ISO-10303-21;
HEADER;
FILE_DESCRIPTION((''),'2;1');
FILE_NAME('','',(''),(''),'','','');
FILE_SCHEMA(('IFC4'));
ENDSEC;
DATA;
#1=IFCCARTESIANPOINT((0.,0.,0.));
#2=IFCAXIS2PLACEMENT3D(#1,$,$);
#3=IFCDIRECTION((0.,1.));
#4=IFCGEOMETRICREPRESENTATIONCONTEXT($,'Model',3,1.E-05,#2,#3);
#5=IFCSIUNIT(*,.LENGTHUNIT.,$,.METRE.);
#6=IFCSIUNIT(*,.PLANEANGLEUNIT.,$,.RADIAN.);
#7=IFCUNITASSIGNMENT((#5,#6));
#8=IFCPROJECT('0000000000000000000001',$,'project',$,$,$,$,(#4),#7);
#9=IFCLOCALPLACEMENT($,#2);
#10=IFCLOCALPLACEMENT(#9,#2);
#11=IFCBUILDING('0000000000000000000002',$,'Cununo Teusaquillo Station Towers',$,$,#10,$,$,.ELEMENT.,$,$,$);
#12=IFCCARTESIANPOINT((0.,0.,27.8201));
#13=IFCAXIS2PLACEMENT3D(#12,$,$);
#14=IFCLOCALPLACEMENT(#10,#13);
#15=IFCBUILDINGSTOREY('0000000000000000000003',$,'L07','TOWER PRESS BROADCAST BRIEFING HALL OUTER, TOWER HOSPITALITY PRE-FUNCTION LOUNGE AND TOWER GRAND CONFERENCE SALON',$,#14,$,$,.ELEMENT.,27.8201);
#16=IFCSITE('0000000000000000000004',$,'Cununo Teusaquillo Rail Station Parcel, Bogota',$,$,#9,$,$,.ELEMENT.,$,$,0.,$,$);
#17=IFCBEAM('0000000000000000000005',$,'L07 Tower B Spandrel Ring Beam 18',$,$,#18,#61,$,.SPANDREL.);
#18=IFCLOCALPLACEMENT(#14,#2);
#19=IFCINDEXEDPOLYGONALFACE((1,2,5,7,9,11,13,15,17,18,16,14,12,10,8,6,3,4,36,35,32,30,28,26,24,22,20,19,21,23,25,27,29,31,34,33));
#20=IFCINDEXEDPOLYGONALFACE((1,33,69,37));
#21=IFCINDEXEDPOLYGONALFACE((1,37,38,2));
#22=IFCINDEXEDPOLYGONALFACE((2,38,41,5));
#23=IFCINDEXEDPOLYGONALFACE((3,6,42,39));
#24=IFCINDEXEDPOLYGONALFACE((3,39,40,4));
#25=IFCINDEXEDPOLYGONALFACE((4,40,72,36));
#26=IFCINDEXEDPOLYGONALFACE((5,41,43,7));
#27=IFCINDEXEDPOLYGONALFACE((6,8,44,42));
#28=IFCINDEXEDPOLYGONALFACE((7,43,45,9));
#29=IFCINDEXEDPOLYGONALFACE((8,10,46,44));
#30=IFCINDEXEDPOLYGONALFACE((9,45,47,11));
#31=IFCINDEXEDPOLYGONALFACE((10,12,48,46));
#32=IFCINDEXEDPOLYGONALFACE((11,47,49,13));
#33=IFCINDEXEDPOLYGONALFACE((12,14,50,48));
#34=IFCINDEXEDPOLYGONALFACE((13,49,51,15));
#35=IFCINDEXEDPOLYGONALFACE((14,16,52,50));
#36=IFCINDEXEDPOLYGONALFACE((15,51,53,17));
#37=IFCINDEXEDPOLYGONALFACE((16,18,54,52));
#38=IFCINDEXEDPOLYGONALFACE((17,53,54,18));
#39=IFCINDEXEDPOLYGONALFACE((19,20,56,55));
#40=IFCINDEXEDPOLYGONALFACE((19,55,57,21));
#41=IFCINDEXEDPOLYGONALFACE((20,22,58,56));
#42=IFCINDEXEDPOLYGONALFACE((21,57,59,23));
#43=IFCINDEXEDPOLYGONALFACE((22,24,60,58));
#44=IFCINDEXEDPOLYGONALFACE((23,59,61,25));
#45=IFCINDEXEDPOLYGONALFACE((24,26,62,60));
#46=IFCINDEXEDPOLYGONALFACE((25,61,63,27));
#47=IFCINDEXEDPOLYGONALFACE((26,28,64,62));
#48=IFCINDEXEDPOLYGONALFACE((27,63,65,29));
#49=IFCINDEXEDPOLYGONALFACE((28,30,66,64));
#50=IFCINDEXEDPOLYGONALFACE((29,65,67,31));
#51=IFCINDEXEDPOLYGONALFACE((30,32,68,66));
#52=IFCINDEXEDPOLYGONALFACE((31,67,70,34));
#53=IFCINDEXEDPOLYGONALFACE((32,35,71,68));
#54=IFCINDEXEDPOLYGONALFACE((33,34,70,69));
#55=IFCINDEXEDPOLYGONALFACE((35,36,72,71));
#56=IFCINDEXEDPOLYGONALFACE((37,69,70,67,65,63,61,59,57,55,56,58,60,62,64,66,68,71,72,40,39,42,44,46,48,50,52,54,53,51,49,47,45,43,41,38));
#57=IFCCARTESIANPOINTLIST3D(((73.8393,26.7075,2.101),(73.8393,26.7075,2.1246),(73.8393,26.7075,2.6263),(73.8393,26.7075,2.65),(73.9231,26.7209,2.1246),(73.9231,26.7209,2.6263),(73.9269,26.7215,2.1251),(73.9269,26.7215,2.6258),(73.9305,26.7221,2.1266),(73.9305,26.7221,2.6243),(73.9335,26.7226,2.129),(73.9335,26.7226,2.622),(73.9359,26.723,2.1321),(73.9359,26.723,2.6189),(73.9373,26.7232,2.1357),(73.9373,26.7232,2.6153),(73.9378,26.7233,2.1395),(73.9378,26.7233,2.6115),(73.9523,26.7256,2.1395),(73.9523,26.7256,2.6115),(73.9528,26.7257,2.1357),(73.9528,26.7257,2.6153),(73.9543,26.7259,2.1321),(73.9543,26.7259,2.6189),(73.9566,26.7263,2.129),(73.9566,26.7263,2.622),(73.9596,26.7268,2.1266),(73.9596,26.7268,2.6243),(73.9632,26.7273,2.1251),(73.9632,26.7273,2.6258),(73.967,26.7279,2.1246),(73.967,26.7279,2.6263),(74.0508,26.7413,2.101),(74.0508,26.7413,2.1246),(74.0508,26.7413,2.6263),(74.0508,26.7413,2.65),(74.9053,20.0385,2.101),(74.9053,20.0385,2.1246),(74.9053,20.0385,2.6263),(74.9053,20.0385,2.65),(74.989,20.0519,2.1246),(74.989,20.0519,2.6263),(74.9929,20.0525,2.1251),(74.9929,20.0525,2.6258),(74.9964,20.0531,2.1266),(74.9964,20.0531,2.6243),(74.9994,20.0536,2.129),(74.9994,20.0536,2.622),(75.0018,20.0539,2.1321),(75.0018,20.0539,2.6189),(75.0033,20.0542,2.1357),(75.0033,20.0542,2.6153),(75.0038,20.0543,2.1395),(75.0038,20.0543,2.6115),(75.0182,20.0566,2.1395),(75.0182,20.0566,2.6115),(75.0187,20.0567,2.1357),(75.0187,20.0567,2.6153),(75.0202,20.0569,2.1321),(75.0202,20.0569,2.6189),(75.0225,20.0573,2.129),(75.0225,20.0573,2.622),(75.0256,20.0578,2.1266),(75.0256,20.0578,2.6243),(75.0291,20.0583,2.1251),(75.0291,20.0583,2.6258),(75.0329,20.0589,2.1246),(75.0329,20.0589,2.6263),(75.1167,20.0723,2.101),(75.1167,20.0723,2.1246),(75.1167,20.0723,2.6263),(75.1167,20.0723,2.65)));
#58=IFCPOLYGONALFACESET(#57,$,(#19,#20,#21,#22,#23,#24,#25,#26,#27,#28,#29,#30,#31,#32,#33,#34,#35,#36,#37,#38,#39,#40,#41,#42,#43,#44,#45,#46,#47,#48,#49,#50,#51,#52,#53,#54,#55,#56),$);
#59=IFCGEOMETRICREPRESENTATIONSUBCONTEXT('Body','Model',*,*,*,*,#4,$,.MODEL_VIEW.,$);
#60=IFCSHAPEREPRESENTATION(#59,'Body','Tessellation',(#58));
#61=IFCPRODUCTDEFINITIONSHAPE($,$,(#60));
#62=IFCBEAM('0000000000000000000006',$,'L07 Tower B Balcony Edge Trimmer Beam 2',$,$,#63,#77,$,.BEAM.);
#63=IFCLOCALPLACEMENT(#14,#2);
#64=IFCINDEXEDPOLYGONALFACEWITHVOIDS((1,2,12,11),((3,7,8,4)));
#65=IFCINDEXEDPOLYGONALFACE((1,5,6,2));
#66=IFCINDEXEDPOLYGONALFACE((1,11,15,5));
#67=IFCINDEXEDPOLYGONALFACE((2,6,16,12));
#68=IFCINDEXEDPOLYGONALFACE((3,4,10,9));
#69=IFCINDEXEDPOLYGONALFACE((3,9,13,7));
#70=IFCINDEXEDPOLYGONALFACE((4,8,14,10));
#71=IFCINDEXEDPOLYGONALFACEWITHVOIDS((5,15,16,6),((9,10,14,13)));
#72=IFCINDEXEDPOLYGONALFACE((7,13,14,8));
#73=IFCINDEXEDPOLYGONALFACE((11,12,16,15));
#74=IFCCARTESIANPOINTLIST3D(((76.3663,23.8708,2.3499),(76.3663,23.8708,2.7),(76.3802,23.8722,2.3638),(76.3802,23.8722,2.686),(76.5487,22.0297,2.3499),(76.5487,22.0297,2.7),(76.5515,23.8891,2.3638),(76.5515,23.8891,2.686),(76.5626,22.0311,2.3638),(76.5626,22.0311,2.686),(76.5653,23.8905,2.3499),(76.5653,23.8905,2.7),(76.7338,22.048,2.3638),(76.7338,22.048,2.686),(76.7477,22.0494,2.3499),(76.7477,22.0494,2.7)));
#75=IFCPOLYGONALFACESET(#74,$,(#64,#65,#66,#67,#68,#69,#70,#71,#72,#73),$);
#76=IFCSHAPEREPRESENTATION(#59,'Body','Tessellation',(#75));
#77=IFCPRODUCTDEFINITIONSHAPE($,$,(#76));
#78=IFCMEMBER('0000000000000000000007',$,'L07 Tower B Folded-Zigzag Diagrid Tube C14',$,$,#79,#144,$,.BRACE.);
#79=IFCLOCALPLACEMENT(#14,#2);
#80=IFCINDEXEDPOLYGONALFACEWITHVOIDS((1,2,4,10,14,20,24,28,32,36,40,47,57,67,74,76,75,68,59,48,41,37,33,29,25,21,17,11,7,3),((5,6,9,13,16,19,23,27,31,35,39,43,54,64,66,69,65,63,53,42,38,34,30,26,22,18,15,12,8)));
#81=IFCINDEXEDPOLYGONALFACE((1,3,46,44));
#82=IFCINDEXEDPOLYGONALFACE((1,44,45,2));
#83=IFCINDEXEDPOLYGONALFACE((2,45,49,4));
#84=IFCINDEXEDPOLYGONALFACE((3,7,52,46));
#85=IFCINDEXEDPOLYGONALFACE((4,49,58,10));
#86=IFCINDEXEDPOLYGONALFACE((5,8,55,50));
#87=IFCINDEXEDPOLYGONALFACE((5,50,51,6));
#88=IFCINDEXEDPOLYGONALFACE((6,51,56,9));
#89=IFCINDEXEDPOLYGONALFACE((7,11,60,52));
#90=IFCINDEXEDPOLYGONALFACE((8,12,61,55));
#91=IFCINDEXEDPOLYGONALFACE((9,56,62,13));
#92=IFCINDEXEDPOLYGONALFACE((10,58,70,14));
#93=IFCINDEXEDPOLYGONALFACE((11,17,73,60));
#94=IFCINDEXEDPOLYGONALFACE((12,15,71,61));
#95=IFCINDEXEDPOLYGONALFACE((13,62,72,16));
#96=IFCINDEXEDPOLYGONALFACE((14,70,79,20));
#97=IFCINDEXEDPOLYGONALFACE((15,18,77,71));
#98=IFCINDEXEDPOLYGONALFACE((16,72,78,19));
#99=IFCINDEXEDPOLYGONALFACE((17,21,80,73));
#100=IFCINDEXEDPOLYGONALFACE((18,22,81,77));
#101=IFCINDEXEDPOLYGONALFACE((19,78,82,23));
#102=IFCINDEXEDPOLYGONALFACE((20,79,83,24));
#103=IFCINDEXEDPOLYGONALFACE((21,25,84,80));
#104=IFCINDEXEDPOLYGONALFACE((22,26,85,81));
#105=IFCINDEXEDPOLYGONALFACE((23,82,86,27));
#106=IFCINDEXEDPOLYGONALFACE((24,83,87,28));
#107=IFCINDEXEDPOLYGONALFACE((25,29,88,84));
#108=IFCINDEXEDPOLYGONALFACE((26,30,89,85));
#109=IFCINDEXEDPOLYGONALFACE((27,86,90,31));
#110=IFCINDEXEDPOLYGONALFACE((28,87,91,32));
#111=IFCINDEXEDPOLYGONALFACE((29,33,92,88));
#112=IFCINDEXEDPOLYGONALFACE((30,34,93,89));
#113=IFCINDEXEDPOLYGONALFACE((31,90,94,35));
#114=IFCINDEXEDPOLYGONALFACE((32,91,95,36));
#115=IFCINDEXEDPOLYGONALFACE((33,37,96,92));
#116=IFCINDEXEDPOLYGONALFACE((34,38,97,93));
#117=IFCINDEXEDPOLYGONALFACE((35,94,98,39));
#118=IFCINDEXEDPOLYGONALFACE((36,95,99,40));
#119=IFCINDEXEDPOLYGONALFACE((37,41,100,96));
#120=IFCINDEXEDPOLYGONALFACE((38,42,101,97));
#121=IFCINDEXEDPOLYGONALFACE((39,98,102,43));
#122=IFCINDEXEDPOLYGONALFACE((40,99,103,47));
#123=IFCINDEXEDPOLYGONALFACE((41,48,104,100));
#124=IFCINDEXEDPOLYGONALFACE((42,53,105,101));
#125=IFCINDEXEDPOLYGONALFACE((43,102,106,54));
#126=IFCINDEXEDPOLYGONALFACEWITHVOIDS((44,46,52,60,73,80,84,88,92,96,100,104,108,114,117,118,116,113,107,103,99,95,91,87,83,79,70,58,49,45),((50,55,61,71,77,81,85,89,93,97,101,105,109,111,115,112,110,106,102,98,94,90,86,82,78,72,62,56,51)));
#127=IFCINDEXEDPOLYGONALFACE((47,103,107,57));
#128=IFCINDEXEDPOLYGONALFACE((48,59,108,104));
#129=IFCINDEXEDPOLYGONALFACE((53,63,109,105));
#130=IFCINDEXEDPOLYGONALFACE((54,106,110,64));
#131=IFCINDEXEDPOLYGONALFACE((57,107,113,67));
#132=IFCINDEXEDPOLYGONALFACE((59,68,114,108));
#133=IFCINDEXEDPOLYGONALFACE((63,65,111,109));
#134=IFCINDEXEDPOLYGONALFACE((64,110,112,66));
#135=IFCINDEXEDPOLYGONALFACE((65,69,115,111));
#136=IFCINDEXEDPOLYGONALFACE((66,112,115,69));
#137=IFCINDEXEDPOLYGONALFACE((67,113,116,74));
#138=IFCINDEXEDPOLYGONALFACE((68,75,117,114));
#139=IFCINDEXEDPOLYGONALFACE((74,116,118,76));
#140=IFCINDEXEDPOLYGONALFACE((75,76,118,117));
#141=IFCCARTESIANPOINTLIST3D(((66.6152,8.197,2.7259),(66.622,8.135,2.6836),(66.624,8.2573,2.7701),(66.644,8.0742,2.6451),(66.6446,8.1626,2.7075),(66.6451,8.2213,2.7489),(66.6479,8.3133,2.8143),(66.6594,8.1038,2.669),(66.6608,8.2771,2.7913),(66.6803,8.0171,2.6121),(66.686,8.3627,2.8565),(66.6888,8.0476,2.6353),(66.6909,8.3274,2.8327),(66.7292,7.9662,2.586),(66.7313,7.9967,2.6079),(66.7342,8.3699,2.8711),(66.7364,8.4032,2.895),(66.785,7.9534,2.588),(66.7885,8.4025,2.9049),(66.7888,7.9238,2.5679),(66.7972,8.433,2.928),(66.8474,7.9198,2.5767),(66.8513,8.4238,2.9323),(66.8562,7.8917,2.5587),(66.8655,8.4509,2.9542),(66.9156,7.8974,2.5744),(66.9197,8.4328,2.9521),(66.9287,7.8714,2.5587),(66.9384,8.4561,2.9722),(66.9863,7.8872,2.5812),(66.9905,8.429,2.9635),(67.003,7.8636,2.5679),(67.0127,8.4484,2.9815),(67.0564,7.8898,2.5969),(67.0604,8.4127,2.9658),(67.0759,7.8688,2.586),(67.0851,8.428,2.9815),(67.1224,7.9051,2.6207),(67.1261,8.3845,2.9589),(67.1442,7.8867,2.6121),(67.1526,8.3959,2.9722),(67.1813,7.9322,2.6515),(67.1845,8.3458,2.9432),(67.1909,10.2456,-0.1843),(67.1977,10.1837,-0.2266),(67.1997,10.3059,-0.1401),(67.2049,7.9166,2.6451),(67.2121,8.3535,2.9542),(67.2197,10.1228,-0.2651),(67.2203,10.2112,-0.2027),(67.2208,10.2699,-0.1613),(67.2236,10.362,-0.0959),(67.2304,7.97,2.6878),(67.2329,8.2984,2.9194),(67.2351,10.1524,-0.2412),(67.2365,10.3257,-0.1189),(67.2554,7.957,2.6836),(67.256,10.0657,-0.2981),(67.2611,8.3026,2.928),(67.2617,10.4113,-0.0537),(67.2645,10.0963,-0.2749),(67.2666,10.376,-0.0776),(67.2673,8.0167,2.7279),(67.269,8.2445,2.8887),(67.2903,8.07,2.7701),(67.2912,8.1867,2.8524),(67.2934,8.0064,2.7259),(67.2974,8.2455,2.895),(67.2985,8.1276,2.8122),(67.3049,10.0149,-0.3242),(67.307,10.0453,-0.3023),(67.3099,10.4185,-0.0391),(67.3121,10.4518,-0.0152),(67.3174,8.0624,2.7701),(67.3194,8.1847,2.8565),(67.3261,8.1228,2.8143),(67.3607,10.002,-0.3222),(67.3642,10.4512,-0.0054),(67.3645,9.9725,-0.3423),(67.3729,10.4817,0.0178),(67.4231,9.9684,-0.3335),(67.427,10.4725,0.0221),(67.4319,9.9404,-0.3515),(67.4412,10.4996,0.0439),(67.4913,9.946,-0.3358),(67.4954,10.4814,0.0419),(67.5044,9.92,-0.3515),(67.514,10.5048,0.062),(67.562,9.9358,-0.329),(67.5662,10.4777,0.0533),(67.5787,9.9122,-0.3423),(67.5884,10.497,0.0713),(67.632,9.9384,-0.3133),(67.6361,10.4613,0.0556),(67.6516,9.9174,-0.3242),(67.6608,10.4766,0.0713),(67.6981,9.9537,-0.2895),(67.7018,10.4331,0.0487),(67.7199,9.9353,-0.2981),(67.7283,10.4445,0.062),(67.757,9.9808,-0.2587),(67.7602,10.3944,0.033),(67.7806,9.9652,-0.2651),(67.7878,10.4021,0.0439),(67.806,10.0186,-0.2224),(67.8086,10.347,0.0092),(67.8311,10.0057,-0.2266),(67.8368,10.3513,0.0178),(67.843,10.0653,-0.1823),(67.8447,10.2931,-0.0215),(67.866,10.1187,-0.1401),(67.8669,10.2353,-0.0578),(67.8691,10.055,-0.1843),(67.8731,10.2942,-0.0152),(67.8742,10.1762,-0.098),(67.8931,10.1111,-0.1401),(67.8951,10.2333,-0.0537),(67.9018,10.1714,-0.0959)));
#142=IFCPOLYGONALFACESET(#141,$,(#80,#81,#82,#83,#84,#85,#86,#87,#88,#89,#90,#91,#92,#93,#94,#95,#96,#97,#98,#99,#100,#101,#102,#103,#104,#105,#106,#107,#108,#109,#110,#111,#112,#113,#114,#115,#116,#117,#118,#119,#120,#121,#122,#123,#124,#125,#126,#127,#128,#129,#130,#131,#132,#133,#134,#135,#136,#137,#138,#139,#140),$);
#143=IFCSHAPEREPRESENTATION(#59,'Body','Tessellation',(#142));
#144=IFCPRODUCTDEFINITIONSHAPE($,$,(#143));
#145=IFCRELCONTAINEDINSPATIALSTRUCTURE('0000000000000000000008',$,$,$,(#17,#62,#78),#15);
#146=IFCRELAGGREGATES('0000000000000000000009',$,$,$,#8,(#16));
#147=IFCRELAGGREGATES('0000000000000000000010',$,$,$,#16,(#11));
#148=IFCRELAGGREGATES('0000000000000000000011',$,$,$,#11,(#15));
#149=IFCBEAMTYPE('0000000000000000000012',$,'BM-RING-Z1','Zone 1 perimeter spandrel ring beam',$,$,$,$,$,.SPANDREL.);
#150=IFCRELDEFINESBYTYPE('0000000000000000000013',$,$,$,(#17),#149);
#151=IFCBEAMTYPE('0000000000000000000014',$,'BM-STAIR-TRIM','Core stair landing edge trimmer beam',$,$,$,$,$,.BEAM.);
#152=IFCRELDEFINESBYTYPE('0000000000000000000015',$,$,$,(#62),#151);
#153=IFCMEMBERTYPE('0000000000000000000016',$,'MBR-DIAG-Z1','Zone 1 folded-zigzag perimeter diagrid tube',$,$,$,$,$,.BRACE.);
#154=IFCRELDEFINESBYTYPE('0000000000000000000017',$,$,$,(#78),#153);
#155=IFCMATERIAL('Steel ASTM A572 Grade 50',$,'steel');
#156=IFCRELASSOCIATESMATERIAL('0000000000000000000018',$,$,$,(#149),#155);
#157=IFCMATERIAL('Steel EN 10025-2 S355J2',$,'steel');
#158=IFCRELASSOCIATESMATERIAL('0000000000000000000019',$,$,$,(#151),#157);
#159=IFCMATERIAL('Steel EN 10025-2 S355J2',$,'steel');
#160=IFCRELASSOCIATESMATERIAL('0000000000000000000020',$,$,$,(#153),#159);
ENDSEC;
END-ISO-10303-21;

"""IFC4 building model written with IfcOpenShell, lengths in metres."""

from ifc_helpers import new_model, si_unit, direction, frame, origin, origin_2d, place, context, subcontext, project, spatial, hollow_rectangle, hollow_circle, i_section, extrude, material, material_profile, profile_set, type_object, element, save


model = new_model("IFC4")

# Units and contexts
model_context = context("Model", 3, precision=1e-05, world=origin(), true_north=direction((0.0, 1.0)))
body_context = subcontext(model_context, "Body", "Model", "MODEL_VIEW")
ifc_project = project(units=[si_unit("LENGTHUNIT", "METRE"), si_unit("PLANEANGLEUNIT", "RADIAN")], contexts=[model_context])

# Site, building, storey
site_placement = place(None, origin())
site = spatial("IfcSite", under=ifc_project, at=site_placement, Name="Cununo Teusaquillo Rail Station Parcel, Bogota", CompositionType="ELEMENT", RefElevation=0.0)
building_placement = place(site_placement, origin())
building = spatial("IfcBuilding", under=site, at=building_placement, Name="Cununo Teusaquillo Station Towers", CompositionType="ELEMENT")
storey_placement = place(building_placement, frame((0.0, 0.0, 27.8201)))
storey = spatial("IfcBuildingStorey", under=building, at=storey_placement, Name="L07", Description="TOWER PRESS BROADCAST BRIEFING HALL OUTER, TOWER HOSPITALITY PRE-FUNCTION LOUNGE AND TOWER GRAND CONFERENCE SALON", CompositionType="ELEMENT", Elevation=27.8201)

# Beams
ifc_material_1 = material(Name="Steel ASTM A572 Grade 50", Category="steel")
ifc_material_profile_1 = material_profile(ifc_material_1, i_section(OverallWidth=0.2141, OverallDepth=0.5491, WebThickness=0.0146, FlangeThickness=0.0237, FilletRadius=0.0149, at=origin_2d()), Name="W21X93")
ifc_profile_set_1 = profile_set([ifc_material_profile_1], Name="Steel ASTM A572 Grade 50")
beam_type_1 = type_object("IfcBeamType", Name="BM-RING-Z1", Description="Zone 1 perimeter spandrel ring beam", PredefinedType="SPANDREL", material=ifc_profile_set_1)
beam_1_placement = place(storey_placement, frame((75.011, 20.0554, 2.3755), z_axis=(-0.15783, 0.987466, 0.0), x_axis=(-0.987466, -0.15783, 0.0)))
element("IfcBeam", 1, at=beam_1_placement, inside=storey, type_object=beam_type_1, Name="L07 Tower B Spandrel Ring Beam 18", PredefinedType="SPANDREL", context=body_context, shape_type="SweptSolid", body=[
    extrude(i_section(OverallWidth=0.2141, OverallDepth=0.5491, WebThickness=0.0146, FlangeThickness=0.0237, FilletRadius=0.0149, at=origin_2d()), origin(), (0.0, 0.0, 1.0), 6.7537),
])
ifc_material_2 = material(Name="Steel EN 10025-2 S355J2", Category="steel")
ifc_material_profile_2 = material_profile(ifc_material_2, hollow_rectangle(XDim=0.2, YDim=0.3501, WallThickness=0.0139, at=origin_2d()), Name="RHS 350x200x14")
ifc_profile_set_2 = profile_set([ifc_material_profile_2], Name="Steel EN 10025-2 S355J2")
beam_type_2 = type_object("IfcBeamType", Name="BM-STAIR-TRIM", Description="Core stair landing edge trimmer beam", PredefinedType="BEAM", material=ifc_profile_set_2)
beam_2_placement = place(storey_placement, frame((76.6482, 22.0396, 2.5249), z_axis=(-0.098576, 0.99513, 0.0), x_axis=(-0.99513, -0.098576, 0.0)))
element("IfcBeam", 2, at=beam_2_placement, inside=storey, type_object=beam_type_2, Name="L07 Tower B Balcony Edge Trimmer Beam 2", PredefinedType="BEAM", context=body_context, shape_type="SweptSolid", body=[
    extrude(hollow_rectangle(XDim=0.2, YDim=0.3501, WallThickness=0.0139, at=origin_2d()), origin(), (0.0, 0.0, 1.0), 1.8501),
])

# Member
ifc_material_3 = material(Name="Steel EN 10025-2 S355J2", Category="steel")
ifc_material_profile_3 = material_profile(ifc_material_3, hollow_circle(Radius=0.3601, WallThickness=0.0281, at=origin_2d()), Name="CHS 720x28")
ifc_profile_set_3 = profile_set([ifc_material_profile_3], Name="Steel EN 10025-2 S355J2")
member_type = type_object("IfcMemberType", Name="MBR-DIAG-Z1", Description="Zone 1 folded-zigzag perimeter diagrid tube", PredefinedType="BRACE", material=ifc_profile_set_3)
member_1_placement = place(storey_placement, frame((67.5464, 10.2085, -0.1401), z_axis=(-0.159684, -0.568238, 0.807222), x_axis=(0.96271, -0.270536, 0.0)))
element("IfcMember", 3, at=member_1_placement, inside=storey, type_object=member_type, Name="L07 Tower B Folded-Zigzag Diagrid Tube C14", PredefinedType="BRACE", context=body_context, shape_type="SweptSolid", body=[
    extrude(hollow_circle(Radius=0.3601, WallThickness=0.0281, at=origin_2d()), origin(), (0.0, 0.0, 1.0), 3.6052),
])

save(model, "model.ifc")
